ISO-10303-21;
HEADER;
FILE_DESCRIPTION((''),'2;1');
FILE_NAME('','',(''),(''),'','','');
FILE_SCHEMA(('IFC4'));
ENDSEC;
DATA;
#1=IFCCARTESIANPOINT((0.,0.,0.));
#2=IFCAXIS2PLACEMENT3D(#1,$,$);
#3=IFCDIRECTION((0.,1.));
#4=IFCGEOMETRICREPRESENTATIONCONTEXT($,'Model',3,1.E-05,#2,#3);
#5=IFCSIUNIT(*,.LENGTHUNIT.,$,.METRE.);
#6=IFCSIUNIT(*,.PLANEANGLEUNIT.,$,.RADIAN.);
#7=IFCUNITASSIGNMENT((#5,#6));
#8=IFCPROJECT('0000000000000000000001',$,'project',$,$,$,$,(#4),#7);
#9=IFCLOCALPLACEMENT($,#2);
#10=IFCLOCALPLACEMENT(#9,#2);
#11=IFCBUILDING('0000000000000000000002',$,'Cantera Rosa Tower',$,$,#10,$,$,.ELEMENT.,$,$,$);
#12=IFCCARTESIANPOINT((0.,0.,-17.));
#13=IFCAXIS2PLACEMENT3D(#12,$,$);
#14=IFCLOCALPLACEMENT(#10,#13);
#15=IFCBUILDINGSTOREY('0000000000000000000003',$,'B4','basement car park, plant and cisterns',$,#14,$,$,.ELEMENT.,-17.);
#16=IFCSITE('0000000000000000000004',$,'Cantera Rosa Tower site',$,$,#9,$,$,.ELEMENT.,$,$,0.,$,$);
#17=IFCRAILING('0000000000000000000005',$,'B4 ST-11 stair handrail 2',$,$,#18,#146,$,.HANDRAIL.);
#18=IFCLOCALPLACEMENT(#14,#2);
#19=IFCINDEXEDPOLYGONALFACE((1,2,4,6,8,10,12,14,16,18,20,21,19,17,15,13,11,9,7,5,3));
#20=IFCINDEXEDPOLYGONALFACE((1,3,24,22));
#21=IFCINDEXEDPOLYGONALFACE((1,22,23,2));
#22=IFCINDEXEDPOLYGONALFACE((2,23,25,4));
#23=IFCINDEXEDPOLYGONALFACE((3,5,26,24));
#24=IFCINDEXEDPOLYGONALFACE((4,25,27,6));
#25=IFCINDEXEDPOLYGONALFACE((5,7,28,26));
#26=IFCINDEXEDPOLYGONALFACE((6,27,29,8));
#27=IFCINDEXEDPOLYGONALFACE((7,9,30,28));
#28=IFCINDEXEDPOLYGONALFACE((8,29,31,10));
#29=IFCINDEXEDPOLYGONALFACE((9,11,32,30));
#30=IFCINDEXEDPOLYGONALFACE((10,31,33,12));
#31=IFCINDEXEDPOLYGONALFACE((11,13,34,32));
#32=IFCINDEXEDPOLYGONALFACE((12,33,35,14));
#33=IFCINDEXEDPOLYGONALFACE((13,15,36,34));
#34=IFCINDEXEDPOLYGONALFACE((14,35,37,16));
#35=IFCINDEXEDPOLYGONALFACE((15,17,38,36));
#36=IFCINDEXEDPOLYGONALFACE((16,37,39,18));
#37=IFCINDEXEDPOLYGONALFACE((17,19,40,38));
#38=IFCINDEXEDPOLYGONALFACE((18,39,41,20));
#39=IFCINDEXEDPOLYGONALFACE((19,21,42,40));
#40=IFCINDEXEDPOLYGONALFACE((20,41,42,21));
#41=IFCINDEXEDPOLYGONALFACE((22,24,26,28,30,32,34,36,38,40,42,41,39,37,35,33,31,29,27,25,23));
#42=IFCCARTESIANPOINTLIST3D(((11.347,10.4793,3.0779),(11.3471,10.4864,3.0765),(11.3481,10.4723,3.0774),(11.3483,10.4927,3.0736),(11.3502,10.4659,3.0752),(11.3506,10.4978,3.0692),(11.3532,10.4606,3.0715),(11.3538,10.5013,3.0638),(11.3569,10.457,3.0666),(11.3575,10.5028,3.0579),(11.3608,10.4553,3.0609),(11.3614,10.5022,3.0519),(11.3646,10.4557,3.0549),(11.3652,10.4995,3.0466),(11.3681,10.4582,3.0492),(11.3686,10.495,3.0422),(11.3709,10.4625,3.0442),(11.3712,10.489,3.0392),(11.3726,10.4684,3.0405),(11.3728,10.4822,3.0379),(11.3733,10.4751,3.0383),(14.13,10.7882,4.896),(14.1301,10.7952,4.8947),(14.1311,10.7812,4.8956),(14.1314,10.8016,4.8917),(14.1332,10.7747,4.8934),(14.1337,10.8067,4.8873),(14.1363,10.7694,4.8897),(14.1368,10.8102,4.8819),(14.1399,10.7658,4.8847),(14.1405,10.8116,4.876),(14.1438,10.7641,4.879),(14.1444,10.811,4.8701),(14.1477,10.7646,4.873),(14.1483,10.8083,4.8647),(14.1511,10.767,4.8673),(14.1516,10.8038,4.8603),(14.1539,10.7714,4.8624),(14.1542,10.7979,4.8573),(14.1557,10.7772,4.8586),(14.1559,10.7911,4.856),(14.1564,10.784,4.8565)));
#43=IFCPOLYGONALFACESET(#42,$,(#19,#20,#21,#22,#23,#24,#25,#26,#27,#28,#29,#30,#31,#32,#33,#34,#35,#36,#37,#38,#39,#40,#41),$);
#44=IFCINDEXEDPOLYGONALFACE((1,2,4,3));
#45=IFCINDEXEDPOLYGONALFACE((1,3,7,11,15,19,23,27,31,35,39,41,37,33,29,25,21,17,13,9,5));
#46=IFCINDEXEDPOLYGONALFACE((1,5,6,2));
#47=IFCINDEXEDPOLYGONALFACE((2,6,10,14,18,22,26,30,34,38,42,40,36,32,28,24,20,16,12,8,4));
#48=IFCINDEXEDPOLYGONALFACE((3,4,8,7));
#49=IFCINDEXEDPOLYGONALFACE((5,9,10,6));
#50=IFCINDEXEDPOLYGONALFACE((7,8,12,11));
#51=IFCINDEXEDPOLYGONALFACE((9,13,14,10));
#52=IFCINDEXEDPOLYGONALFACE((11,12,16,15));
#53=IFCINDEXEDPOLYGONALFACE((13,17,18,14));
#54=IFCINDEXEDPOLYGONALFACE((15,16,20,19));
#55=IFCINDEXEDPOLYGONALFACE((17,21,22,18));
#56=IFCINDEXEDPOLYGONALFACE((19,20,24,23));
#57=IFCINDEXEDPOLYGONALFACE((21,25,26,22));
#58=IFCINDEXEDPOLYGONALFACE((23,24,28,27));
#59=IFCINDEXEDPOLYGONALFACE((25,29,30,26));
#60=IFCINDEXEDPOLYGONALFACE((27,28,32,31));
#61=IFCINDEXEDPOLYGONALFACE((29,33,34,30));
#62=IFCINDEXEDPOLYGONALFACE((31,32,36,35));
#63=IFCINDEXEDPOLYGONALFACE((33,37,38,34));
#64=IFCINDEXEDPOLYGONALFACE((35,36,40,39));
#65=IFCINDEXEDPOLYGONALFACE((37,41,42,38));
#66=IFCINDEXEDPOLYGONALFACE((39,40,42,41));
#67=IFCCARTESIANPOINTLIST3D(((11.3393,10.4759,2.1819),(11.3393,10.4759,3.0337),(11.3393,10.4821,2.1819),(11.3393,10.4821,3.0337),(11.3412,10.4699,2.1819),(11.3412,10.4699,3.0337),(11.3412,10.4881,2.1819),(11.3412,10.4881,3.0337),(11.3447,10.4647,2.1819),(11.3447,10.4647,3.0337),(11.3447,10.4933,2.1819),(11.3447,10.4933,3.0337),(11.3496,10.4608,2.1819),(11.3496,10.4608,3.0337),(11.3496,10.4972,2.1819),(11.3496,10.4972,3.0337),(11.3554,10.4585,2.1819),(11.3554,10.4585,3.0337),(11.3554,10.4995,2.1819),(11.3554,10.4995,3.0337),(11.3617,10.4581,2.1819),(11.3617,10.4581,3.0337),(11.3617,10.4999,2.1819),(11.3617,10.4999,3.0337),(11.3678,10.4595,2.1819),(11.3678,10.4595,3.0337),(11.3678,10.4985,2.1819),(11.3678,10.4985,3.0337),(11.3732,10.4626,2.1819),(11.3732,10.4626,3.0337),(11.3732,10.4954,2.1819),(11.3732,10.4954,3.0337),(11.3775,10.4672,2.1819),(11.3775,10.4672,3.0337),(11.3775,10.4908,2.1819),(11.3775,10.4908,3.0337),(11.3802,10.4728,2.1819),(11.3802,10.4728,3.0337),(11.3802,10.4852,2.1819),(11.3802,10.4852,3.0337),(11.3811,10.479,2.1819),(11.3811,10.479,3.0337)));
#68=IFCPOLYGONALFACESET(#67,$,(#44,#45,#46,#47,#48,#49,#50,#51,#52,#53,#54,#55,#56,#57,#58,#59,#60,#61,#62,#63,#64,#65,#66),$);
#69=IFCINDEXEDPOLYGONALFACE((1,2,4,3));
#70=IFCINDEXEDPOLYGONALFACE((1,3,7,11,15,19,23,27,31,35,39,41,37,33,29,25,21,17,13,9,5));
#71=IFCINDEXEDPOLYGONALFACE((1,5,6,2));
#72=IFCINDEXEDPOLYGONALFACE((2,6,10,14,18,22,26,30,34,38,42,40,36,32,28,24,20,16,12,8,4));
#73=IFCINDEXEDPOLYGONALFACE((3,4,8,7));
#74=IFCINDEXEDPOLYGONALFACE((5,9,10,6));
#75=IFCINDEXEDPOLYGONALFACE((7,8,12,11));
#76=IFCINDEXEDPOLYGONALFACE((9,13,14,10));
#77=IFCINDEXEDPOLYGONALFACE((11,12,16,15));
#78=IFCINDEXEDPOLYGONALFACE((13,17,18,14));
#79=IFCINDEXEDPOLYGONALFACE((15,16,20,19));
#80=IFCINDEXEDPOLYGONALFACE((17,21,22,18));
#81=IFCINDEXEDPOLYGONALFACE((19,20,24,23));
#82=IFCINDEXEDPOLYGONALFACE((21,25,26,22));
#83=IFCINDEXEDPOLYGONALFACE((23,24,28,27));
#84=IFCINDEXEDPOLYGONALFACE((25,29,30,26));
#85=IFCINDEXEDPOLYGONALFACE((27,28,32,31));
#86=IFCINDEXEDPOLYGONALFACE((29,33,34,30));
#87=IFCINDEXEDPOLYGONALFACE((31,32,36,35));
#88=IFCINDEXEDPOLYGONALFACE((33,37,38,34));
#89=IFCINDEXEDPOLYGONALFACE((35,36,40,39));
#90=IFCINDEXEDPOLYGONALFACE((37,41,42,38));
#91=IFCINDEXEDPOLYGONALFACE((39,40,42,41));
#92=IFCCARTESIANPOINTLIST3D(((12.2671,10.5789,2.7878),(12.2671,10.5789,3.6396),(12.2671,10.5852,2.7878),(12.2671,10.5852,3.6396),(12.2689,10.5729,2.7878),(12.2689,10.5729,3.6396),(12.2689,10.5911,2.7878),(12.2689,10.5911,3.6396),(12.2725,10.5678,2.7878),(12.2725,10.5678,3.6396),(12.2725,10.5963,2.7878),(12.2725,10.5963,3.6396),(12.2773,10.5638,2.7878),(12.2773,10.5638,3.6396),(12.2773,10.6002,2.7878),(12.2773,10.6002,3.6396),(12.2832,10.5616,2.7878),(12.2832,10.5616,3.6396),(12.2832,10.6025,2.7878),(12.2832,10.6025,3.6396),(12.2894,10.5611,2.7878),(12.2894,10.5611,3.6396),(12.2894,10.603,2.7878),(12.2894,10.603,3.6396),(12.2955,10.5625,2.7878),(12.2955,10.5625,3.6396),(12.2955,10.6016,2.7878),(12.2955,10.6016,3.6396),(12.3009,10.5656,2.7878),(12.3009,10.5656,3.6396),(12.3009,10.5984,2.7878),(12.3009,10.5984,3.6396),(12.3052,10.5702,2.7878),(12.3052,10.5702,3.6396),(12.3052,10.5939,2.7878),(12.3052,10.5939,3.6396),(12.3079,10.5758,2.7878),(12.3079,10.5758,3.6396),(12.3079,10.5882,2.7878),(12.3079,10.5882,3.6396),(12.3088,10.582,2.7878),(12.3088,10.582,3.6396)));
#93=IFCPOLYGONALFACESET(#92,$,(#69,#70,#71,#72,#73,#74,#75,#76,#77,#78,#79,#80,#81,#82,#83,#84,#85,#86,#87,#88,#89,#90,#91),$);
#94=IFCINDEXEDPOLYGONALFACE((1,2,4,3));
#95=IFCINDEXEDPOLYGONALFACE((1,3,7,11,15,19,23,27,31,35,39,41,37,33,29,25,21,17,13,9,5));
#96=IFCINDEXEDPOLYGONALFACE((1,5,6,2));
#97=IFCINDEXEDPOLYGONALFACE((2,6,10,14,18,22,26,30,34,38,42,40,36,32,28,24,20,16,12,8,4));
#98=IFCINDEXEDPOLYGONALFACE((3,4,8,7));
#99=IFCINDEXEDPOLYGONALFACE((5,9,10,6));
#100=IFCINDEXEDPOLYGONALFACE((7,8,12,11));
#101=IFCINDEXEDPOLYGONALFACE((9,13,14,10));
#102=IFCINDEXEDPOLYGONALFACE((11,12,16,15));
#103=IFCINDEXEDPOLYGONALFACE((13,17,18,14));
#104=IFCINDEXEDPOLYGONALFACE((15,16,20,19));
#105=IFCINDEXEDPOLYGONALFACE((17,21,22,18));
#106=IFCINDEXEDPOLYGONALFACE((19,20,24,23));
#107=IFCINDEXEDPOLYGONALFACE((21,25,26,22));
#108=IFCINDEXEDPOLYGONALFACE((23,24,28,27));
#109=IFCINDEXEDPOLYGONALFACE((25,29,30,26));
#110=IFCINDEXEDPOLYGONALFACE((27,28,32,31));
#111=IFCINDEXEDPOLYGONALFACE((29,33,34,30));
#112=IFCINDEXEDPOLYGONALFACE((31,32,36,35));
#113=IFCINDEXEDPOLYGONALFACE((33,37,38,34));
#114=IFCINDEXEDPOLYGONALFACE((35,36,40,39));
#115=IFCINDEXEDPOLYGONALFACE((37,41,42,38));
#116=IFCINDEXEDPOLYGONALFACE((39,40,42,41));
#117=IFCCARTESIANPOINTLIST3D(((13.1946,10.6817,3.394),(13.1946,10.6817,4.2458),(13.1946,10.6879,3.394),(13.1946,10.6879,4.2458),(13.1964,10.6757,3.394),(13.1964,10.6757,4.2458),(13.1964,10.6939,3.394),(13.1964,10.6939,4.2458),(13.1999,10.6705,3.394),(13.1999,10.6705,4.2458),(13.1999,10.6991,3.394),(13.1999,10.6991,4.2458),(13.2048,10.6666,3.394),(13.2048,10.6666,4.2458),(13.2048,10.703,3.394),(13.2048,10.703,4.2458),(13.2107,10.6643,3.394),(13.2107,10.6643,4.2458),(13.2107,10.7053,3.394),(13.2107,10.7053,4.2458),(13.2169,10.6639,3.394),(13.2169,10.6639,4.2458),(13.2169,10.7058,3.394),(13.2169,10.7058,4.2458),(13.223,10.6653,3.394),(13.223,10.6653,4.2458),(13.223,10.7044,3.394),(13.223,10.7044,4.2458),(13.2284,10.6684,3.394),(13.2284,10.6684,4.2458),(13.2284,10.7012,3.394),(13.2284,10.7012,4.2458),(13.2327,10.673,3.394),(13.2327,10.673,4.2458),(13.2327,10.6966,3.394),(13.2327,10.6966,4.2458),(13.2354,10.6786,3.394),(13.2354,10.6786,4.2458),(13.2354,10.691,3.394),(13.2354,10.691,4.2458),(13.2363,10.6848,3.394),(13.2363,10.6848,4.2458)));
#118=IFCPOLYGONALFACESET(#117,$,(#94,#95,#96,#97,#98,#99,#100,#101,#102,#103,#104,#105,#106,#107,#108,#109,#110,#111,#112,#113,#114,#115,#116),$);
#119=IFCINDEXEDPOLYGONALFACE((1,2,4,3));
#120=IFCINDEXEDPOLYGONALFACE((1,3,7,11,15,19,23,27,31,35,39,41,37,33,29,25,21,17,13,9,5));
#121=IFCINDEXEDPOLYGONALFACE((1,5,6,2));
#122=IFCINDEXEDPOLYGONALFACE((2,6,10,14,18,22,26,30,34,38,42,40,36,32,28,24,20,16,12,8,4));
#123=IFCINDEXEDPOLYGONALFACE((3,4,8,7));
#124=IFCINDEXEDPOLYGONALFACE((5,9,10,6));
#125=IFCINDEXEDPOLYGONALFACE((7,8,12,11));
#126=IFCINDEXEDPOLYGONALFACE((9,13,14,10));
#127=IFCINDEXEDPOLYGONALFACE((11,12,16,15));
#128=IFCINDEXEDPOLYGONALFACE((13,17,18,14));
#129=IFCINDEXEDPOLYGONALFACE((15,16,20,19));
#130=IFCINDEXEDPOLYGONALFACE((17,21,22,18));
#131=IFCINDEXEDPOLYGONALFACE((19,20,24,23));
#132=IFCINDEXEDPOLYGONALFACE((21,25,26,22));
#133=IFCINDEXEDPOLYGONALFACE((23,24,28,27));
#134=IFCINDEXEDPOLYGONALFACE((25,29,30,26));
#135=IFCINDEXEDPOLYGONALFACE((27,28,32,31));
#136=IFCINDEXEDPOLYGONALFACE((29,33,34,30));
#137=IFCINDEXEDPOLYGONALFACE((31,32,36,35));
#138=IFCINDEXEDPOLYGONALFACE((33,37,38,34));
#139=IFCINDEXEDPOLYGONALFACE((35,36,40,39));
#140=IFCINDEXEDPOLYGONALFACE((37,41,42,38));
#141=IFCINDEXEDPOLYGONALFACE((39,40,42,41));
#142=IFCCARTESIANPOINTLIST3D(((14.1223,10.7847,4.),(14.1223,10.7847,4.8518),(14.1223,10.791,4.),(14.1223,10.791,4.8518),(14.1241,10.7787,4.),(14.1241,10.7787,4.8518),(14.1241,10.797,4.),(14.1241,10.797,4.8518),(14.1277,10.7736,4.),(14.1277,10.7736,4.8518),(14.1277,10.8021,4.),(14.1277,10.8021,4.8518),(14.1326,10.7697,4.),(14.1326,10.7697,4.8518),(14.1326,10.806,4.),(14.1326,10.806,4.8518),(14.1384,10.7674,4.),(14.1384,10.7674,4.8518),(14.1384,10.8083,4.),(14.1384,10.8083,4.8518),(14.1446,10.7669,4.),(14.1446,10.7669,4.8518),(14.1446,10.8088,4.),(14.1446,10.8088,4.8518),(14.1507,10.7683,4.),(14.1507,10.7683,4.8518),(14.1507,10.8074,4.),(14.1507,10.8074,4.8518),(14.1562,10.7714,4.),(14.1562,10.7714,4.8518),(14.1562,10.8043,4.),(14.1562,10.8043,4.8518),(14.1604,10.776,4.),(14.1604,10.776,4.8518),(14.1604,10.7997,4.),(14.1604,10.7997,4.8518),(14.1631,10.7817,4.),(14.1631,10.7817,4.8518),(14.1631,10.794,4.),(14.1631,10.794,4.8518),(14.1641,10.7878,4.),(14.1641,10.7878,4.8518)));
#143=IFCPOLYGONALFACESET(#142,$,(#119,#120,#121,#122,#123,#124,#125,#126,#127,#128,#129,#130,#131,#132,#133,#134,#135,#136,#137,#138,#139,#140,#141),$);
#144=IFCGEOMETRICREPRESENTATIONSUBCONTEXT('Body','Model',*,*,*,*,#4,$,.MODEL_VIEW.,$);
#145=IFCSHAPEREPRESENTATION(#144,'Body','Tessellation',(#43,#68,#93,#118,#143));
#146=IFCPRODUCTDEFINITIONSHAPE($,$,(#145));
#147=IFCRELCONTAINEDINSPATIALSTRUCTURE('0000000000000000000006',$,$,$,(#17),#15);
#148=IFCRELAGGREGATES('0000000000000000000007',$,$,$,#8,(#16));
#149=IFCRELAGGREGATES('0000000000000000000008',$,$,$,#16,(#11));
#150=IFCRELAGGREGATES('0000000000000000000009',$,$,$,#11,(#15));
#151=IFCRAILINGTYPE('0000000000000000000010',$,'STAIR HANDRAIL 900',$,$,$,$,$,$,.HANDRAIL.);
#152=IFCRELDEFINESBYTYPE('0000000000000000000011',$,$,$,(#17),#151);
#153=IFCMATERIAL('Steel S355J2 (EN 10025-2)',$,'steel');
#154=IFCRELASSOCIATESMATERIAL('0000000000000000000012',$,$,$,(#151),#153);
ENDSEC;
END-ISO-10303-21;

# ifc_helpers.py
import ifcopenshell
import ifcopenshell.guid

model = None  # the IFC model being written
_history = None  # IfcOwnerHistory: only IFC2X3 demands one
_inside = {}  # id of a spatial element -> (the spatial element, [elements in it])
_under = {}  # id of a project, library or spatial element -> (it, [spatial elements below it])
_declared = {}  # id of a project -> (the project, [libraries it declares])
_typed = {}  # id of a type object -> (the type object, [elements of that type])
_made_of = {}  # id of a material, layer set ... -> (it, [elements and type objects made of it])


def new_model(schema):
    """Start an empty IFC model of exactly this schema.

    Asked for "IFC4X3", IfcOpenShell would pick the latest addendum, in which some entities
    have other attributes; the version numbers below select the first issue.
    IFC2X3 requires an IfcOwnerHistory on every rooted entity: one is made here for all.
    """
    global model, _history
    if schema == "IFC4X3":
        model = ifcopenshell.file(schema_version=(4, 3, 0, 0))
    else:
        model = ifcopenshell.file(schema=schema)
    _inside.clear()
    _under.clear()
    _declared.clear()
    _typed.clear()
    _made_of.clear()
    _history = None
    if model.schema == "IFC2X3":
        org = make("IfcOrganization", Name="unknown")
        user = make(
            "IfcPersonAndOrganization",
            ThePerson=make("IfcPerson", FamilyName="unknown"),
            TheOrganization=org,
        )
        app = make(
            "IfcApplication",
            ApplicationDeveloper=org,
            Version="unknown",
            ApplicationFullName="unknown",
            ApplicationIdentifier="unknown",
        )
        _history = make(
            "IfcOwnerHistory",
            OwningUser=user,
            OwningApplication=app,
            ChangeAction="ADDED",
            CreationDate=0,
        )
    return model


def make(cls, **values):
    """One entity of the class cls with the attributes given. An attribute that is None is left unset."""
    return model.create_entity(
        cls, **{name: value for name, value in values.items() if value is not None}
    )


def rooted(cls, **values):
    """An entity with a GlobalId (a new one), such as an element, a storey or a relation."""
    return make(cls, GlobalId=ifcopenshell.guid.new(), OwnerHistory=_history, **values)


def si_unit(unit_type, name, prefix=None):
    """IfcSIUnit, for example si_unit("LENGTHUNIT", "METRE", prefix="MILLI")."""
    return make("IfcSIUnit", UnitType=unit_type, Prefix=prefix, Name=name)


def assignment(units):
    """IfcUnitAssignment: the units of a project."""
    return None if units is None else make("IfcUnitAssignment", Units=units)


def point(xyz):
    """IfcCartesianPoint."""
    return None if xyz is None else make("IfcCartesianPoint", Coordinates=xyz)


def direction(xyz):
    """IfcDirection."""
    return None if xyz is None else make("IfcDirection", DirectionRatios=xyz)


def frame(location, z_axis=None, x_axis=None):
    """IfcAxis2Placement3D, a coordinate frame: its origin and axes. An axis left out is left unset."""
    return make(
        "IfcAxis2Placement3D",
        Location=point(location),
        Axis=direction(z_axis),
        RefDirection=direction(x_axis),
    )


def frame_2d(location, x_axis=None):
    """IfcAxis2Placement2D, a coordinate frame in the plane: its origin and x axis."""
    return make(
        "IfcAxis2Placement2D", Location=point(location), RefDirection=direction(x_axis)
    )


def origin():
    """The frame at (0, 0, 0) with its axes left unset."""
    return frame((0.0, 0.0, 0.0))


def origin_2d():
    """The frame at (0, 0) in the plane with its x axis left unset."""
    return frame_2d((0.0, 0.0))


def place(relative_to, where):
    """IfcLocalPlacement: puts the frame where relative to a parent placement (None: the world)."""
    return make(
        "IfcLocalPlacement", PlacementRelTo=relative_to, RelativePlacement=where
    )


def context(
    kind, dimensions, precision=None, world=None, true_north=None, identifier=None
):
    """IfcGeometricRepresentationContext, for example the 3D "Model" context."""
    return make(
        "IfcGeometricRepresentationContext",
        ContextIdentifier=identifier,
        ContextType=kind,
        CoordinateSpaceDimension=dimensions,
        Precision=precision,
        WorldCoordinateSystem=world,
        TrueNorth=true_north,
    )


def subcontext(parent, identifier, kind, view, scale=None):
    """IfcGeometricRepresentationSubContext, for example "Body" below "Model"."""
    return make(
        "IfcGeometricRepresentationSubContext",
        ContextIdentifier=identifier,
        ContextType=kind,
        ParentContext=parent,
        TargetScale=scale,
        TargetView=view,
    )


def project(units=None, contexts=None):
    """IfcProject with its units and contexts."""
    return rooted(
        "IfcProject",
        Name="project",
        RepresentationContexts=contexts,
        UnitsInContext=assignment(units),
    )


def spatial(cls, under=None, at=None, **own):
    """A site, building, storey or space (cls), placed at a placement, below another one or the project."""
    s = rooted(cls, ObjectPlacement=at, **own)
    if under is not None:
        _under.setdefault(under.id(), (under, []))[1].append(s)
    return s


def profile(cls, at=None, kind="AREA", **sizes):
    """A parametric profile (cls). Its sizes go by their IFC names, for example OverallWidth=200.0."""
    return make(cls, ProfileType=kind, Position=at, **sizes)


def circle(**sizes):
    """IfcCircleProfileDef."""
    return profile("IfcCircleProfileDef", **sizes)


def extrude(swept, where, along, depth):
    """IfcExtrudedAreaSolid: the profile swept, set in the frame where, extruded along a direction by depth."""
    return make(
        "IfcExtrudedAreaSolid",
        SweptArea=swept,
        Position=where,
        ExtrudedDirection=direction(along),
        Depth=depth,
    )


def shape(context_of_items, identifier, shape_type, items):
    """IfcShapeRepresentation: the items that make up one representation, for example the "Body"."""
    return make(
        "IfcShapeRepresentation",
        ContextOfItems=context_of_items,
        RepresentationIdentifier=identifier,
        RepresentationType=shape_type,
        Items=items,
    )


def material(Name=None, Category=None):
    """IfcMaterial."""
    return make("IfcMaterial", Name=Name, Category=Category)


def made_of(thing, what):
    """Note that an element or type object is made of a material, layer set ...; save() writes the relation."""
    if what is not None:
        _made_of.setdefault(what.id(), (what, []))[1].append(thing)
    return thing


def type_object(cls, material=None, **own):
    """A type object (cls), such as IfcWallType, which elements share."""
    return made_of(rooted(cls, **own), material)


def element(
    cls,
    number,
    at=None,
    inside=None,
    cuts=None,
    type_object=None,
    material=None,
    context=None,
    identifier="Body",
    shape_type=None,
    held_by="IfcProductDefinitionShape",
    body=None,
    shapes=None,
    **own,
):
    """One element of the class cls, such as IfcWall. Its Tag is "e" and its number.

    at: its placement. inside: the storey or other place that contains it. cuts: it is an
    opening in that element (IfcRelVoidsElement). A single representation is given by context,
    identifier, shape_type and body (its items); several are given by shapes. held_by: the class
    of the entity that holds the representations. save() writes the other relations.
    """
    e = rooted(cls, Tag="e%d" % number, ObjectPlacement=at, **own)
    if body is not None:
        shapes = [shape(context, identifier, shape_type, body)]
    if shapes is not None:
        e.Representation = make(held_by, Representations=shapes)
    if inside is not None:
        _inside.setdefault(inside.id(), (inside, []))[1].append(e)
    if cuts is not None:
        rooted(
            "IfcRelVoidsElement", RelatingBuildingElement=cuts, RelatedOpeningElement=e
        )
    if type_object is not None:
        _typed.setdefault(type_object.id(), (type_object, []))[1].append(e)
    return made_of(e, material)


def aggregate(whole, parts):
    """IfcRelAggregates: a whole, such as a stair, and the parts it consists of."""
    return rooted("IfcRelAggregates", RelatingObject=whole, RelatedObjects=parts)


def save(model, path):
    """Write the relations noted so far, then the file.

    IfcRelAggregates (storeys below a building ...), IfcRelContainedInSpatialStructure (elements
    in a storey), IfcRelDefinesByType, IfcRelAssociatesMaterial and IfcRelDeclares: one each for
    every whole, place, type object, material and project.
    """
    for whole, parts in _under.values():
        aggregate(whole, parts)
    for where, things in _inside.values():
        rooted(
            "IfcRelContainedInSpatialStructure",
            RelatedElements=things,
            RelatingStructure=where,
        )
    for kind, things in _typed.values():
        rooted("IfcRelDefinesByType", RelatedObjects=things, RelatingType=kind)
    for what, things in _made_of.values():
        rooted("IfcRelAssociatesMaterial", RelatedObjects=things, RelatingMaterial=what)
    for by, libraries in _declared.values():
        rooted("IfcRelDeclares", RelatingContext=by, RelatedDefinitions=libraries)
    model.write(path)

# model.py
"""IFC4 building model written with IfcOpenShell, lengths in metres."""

from ifc_helpers import new_model, si_unit, direction, frame, origin, origin_2d, place, context, subcontext, project, spatial, circle, extrude, material, type_object, element, save


model = new_model("IFC4")

# Units and contexts
model_context = context("Model", 3, precision=1e-05, world=origin(), true_north=direction((0.0, 1.0)))
body_context = subcontext(model_context, "Body", "Model", "MODEL_VIEW")
ifc_project = project(units=[si_unit("LENGTHUNIT", "METRE"), si_unit("PLANEANGLEUNIT", "RADIAN")], contexts=[model_context])

# Site, building, storey
site_placement = place(None, origin())
site = spatial("IfcSite", under=ifc_project, at=site_placement, Name="Cantera Rosa Tower site", CompositionType="ELEMENT", RefElevation=0.0)
building_placement = place(site_placement, origin())
building = spatial("IfcBuilding", under=site, at=building_placement, Name="Cantera Rosa Tower", CompositionType="ELEMENT")
storey_placement = place(building_placement, frame((0.0, 0.0, -17.0)))
storey = spatial("IfcBuildingStorey", under=building, at=storey_placement, Name="B4", Description="basement car park, plant and cisterns", CompositionType="ELEMENT", Elevation=-17.0)

# Railing
ifc_material_1 = material(Name="Steel S355J2 (EN 10025-2)", Category="steel")
railing_type = type_object("IfcRailingType", Name="STAIR HANDRAIL 900", PredefinedType="HANDRAIL", material=ifc_material_1)
railing_placement = place(storey_placement, frame((11.3601, 10.479, 2.1819)))
element("IfcRailing", 1, at=railing_placement, inside=storey, type_object=railing_type, Name="B4 ST-11 stair handrail 2", PredefinedType="HANDRAIL", context=body_context, shape_type="SweptSolid", body=[
    extrude(circle(Radius=0.0239, at=origin_2d()), frame((0.0, 0.0, 0.876), z_axis=(0.833588, 0.092507, 0.544586), x_axis=(-0.110298, 0.993899, 0.0)), (0.0, 0.0, 1.0), 3.3386),
    extrude(circle(Radius=0.021, at=origin_2d()), origin(), (0.0, 0.0, 1.0), 0.8518),
    extrude(circle(Radius=0.021, at=origin_2d()), frame((0.9277, 0.103, 0.606)), (0.0, 0.0, 1.0), 0.8518),
    extrude(circle(Radius=0.021, at=origin_2d()), frame((1.8552, 0.2058, 1.2122)), (0.0, 0.0, 1.0), 0.8518),
    extrude(circle(Radius=0.021, at=origin_2d()), frame((2.783, 0.3088, 1.8181)), (0.0, 0.0, 1.0), 0.8518),
])

save(model, "model.ifc")
